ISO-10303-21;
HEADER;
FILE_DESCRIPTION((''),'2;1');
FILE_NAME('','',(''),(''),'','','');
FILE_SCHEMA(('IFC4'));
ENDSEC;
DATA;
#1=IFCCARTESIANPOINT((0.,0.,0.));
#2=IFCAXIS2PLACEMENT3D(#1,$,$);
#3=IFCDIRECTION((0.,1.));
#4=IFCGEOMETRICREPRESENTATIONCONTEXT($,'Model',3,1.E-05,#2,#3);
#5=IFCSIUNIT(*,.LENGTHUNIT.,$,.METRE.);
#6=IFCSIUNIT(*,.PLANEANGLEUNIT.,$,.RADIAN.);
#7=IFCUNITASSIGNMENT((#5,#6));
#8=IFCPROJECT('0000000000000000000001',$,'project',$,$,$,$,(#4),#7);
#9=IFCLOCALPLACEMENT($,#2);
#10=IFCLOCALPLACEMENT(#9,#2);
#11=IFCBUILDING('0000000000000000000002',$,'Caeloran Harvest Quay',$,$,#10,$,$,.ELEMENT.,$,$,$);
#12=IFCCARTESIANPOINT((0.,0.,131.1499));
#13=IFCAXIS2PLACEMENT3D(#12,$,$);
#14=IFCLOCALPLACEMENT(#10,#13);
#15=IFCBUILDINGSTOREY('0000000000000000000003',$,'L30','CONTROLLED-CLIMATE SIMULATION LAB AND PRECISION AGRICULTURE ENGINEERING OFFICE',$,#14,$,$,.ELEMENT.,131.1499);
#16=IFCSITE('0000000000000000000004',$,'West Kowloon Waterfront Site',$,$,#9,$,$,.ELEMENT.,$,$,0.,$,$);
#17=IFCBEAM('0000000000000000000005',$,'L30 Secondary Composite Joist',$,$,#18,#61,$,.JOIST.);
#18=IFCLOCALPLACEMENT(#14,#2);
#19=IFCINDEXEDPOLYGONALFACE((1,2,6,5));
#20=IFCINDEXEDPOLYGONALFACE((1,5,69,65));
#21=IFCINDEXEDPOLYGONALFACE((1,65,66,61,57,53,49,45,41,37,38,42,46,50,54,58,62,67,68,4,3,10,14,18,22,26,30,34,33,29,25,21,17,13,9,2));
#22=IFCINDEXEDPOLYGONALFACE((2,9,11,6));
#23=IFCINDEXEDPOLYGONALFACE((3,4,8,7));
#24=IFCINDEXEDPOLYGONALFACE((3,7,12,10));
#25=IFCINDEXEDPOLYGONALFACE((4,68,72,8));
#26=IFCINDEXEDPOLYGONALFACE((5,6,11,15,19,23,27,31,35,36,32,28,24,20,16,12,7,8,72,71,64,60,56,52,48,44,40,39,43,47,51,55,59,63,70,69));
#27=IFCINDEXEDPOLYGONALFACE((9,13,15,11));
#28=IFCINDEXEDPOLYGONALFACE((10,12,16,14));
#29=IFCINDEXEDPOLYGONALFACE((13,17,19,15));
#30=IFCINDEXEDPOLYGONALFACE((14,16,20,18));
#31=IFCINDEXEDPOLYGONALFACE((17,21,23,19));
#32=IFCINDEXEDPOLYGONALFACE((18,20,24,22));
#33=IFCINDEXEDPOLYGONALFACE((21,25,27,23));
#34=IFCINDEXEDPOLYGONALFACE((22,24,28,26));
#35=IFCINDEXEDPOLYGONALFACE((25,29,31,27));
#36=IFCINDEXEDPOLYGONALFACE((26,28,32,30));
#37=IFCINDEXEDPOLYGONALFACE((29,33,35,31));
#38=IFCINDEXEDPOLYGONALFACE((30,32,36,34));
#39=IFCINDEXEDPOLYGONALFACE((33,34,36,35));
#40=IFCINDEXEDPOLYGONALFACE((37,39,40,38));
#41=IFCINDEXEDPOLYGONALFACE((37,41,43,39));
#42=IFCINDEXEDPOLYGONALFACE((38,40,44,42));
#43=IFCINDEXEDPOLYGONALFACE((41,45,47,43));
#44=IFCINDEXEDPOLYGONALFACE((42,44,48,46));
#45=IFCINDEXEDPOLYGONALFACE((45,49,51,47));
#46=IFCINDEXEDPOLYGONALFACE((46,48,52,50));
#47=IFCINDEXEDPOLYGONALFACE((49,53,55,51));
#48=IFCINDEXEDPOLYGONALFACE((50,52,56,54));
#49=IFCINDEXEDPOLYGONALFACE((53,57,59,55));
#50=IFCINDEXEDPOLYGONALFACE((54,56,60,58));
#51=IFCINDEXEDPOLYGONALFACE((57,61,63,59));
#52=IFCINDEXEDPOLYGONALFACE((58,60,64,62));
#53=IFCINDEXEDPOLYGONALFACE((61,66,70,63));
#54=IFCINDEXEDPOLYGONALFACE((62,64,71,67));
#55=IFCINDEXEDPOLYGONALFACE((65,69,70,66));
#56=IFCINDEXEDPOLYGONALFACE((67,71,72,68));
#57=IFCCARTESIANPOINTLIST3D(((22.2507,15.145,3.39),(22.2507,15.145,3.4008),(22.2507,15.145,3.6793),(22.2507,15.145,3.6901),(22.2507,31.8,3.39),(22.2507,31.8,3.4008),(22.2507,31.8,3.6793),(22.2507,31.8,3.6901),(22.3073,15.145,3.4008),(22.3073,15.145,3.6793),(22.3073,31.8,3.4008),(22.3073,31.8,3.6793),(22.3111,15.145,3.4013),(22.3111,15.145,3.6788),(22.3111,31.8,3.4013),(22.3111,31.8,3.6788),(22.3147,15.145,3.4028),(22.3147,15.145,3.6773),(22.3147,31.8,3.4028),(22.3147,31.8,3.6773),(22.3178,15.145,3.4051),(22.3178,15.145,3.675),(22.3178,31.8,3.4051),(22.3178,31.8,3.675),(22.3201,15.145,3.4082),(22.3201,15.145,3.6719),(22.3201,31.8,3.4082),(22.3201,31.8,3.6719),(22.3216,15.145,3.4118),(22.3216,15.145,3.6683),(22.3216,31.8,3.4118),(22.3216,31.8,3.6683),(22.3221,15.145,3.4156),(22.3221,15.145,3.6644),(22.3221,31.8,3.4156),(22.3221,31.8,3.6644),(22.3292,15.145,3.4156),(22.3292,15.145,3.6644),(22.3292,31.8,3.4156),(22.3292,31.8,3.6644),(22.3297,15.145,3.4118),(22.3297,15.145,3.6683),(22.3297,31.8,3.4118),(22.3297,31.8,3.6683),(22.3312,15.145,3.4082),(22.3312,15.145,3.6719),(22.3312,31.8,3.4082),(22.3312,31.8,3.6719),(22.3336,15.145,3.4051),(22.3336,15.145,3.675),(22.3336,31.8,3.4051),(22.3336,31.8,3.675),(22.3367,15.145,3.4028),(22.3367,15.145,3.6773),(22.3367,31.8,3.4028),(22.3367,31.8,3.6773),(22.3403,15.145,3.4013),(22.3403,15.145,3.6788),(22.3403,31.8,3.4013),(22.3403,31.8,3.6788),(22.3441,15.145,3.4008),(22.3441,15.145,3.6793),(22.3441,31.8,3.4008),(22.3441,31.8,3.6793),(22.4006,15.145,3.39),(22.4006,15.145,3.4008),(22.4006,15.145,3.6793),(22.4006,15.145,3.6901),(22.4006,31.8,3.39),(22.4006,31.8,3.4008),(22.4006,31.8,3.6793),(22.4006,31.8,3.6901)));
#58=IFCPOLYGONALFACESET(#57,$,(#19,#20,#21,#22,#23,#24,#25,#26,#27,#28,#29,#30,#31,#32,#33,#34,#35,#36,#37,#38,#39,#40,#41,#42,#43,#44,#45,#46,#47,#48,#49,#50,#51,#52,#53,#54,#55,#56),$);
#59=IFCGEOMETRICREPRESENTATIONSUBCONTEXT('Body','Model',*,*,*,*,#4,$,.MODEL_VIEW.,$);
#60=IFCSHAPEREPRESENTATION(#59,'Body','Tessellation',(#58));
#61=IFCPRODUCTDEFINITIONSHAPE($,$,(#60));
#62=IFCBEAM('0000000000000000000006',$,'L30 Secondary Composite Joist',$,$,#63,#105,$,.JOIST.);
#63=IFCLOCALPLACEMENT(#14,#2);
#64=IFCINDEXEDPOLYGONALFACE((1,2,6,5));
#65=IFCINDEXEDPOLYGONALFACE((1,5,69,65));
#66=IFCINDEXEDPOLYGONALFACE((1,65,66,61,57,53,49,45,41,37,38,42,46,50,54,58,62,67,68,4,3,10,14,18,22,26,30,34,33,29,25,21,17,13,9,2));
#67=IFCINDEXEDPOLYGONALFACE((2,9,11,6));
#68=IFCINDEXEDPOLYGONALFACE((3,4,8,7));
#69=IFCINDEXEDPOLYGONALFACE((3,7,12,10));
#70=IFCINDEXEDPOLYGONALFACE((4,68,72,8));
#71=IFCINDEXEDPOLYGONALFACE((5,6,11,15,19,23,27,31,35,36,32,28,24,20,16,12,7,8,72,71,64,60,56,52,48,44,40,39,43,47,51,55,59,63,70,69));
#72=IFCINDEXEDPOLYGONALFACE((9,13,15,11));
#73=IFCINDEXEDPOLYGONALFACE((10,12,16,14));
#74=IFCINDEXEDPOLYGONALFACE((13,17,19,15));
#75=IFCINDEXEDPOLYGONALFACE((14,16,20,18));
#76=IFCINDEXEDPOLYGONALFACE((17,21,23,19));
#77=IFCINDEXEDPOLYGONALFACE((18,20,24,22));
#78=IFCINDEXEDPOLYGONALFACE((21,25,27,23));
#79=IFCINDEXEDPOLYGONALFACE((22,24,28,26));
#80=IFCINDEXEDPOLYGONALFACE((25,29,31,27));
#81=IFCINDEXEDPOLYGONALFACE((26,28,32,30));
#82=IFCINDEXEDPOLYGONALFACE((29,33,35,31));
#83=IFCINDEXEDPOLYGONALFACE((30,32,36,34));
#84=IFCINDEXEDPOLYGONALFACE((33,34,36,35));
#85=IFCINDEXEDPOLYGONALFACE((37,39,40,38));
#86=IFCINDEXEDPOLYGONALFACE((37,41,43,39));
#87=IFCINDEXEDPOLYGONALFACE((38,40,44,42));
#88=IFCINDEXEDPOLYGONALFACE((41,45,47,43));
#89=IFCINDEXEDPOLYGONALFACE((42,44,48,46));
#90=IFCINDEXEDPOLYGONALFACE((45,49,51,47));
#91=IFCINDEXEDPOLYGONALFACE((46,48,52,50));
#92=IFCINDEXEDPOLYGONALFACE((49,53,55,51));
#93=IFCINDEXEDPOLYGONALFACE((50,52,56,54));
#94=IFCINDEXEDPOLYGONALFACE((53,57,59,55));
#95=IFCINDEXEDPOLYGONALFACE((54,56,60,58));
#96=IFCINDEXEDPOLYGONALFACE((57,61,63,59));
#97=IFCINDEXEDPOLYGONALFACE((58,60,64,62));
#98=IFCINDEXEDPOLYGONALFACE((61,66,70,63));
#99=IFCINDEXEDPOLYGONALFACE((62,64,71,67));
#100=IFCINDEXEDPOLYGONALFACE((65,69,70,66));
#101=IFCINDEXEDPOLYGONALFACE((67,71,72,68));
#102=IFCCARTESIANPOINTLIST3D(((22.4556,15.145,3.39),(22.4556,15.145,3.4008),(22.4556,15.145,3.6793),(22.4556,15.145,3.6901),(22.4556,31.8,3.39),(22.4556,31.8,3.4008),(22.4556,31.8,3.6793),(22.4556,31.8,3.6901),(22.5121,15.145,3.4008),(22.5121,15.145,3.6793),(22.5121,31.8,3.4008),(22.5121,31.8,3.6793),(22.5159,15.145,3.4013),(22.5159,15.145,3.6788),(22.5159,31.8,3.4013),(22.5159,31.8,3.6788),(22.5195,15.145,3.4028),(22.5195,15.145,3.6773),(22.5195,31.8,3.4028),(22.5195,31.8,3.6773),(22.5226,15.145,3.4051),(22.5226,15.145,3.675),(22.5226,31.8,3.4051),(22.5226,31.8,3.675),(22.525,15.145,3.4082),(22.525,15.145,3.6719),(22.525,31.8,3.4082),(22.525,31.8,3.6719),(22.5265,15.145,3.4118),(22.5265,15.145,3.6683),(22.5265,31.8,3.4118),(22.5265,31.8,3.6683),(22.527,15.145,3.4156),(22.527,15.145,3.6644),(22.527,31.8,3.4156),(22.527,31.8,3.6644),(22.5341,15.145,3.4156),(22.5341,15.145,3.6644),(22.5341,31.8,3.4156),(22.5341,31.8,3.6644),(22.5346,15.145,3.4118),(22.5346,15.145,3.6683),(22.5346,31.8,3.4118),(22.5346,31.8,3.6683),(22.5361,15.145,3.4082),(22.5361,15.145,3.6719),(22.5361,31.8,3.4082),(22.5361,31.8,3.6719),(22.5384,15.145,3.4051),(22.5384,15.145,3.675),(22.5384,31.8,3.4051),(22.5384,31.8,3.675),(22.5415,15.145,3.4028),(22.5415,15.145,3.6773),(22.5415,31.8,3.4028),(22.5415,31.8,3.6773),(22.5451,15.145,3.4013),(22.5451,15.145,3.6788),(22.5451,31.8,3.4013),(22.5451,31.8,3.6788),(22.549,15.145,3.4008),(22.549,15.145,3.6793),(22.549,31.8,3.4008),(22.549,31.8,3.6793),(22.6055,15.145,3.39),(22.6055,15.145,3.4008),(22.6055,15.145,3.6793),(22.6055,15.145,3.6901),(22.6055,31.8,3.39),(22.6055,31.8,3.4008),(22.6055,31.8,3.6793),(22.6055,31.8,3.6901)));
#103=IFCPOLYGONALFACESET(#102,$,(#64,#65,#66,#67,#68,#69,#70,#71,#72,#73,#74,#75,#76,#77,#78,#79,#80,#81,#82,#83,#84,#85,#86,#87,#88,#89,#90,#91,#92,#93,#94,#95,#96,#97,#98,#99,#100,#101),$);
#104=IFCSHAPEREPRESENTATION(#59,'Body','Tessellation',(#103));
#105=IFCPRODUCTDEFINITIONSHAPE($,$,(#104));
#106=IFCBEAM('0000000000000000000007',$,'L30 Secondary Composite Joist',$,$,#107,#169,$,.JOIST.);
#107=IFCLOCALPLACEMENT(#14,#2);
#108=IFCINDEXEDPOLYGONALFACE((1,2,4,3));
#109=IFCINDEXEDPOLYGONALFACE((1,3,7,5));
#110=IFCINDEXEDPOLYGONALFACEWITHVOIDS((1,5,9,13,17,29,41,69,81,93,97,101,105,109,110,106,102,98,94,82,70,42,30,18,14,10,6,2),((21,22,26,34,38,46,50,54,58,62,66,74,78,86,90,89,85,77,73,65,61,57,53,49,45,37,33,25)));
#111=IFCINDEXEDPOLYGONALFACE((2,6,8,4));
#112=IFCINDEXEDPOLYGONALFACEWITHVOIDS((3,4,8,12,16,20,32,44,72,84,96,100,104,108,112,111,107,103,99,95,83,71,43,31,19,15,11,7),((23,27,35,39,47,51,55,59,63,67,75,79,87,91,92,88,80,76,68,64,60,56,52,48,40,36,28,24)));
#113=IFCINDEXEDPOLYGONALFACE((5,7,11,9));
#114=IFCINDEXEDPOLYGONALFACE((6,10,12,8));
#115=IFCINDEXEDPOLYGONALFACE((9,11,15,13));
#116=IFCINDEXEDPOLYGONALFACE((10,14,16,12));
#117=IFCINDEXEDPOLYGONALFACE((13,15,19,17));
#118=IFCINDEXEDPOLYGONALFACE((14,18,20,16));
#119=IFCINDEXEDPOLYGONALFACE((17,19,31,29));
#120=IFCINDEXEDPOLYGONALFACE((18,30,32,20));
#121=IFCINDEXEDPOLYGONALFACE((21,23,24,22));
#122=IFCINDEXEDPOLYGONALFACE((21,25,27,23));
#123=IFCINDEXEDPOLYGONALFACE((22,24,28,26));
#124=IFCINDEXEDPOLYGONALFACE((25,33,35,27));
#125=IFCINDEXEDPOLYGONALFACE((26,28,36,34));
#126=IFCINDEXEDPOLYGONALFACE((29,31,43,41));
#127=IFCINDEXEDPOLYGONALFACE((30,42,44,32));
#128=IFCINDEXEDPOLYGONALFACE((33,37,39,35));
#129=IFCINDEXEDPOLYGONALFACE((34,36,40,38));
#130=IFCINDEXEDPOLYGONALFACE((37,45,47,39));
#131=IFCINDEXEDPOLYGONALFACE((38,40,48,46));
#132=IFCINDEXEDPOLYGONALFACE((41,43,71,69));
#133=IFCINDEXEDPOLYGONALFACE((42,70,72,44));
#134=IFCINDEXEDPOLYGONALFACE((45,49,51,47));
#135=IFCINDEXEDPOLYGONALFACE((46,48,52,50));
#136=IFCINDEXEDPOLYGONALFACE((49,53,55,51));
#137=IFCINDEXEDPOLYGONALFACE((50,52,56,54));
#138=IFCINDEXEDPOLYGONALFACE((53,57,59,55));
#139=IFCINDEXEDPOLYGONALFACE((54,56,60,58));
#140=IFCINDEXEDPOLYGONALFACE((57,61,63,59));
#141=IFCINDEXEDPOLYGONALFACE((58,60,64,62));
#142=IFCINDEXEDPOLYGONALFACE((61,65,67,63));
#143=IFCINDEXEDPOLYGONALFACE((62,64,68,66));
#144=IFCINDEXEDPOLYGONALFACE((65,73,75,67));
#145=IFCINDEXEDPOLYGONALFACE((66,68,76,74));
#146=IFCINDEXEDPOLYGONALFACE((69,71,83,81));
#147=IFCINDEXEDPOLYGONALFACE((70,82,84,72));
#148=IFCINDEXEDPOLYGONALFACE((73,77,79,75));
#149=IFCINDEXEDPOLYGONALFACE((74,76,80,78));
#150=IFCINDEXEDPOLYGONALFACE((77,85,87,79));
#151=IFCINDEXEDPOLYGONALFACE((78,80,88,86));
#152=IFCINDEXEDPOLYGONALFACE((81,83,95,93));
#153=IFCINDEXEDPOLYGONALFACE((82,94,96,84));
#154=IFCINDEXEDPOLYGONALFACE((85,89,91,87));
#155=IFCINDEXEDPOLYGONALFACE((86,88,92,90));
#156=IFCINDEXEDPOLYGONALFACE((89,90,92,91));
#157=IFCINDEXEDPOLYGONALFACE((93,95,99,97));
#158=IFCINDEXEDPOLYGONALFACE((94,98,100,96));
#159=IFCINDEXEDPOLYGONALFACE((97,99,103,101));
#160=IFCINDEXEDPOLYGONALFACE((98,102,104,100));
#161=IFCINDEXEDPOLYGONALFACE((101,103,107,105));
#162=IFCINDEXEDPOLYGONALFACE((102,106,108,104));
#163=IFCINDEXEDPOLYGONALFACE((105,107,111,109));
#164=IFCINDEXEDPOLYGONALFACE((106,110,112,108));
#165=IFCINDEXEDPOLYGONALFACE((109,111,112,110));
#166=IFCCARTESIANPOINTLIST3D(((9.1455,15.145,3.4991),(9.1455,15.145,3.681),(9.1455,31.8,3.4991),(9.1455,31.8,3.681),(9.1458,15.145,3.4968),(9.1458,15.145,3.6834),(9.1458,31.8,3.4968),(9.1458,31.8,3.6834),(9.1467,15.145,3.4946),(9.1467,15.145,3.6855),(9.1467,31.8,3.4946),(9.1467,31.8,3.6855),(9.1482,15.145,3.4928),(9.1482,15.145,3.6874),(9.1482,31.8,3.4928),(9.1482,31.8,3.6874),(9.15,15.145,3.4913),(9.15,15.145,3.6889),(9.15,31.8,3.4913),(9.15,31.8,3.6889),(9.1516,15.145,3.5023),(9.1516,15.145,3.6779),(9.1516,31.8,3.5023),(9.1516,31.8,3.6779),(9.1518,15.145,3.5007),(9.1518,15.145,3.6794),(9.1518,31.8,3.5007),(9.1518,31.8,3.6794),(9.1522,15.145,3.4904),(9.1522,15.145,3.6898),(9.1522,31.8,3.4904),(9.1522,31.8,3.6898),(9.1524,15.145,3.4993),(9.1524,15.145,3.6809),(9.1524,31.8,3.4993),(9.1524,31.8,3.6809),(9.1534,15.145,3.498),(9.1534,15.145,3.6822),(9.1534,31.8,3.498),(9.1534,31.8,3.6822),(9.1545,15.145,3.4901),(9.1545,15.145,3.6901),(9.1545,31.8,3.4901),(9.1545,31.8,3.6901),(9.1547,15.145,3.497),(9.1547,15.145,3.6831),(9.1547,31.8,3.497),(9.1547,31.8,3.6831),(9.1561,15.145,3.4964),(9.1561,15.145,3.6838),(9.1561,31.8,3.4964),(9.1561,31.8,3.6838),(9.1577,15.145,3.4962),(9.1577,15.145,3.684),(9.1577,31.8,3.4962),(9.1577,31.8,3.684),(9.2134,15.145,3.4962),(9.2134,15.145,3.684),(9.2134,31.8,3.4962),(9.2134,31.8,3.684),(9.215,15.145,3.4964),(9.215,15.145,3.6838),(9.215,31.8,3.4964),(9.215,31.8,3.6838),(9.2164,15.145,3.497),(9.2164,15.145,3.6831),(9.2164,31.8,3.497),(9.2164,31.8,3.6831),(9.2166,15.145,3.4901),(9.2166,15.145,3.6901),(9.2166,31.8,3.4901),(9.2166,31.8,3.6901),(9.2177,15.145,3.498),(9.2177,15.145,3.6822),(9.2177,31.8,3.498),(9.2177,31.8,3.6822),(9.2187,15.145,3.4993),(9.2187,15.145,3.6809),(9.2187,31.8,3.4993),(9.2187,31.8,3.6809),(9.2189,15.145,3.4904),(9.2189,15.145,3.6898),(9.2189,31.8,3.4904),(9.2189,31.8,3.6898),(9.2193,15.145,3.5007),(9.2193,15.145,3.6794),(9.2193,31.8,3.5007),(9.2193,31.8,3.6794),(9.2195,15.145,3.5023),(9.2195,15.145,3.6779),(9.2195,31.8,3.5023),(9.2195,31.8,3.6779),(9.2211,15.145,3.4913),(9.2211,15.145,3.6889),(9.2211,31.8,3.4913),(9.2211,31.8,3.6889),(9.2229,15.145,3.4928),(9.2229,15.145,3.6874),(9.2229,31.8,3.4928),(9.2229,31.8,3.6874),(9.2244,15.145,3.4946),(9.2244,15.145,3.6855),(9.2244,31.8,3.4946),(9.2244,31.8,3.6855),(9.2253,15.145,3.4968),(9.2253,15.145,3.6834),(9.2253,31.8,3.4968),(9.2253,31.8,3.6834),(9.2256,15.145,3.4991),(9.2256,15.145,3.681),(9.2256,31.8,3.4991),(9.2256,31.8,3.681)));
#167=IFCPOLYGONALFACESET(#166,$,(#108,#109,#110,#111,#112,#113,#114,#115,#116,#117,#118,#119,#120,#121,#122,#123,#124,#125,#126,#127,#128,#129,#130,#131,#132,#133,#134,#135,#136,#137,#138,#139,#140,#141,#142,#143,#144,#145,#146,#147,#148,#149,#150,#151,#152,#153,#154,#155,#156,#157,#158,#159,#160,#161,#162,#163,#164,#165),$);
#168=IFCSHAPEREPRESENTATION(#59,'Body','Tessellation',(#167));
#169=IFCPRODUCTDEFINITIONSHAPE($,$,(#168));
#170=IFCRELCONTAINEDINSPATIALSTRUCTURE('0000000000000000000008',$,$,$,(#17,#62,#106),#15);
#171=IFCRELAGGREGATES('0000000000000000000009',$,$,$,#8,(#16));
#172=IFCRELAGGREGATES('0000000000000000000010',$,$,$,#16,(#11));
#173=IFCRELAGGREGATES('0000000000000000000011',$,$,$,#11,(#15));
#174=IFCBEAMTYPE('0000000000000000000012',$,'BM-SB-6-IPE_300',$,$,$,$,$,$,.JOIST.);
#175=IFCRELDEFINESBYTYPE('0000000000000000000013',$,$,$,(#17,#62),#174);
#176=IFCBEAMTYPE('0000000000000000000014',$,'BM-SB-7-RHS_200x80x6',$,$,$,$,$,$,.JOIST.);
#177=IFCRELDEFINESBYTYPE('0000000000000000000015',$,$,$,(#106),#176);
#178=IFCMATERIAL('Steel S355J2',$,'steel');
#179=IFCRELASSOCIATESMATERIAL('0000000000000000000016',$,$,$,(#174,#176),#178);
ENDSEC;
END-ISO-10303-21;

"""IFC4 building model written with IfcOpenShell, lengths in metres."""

from ifc_helpers import new_model, si_unit, direction, frame, origin, origin_2d, place, context, subcontext, project, spatial, hollow_rectangle, i_section, extrude, material, material_profile, profile_set, type_object, element, save


model = new_model("IFC4")

# Units and contexts
model_context = context("Model", 3, precision=1e-05, world=origin(), true_north=direction((0.0, 1.0)))
body_context = subcontext(model_context, "Body", "Model", "MODEL_VIEW")
ifc_project = project(units=[si_unit("LENGTHUNIT", "METRE"), si_unit("PLANEANGLEUNIT", "RADIAN")], contexts=[model_context])

# Site, building, storey
site_placement = place(None, origin())
site = spatial("IfcSite", under=ifc_project, at=site_placement, Name="West Kowloon Waterfront Site", CompositionType="ELEMENT", RefElevation=0.0)
building_placement = place(site_placement, origin())
building = spatial("IfcBuilding", under=site, at=building_placement, Name="Caeloran Harvest Quay", CompositionType="ELEMENT")
storey_placement = place(building_placement, frame((0.0, 0.0, 131.1499)))
storey = spatial("IfcBuildingStorey", under=building, at=storey_placement, Name="L30", Description="CONTROLLED-CLIMATE SIMULATION LAB AND PRECISION AGRICULTURE ENGINEERING OFFICE", CompositionType="ELEMENT", Elevation=131.1499)

# Beams
ifc_material_1 = material(Name="Steel S355J2", Category="steel")
ifc_material_profile_1 = material_profile(ifc_material_1, i_section(OverallWidth=0.1499, OverallDepth=0.3, WebThickness=0.0071, FlangeThickness=0.0107, FilletRadius=0.0149, at=origin_2d()), Name="IPE 300")
ifc_profile_set_1 = profile_set([ifc_material_profile_1], Name="Steel S355J2")
beam_type_1 = type_object("IfcBeamType", Name="BM-SB-6-IPE_300", PredefinedType="JOIST", material=ifc_profile_set_1)
for number, where, z_axis, x_axis, name in (
    (1, (22.3257, 15.145, 3.54), (0.0, 1.0, 0.0), (-1.0, 0.0, 0.0), "L30 Secondary Composite Joist"),
    (2, (22.5305, 15.145, 3.54), (0.0, 1.0, 0.0), (-1.0, 0.0, 0.0), "L30 Secondary Composite Joist"),
):
    element("IfcBeam", number, at=place(storey_placement, frame(where, z_axis=z_axis, x_axis=x_axis)), inside=storey, type_object=beam_type_1, Name=name, PredefinedType="JOIST", context=body_context, shape_type="SweptSolid", body=[
        extrude(i_section(OverallWidth=0.1499, OverallDepth=0.3, WebThickness=0.0071, FlangeThickness=0.0107, FilletRadius=0.0149, at=origin_2d()), origin(), (0.0, 0.0, 1.0), 16.655),
    ])
ifc_material_profile_2 = material_profile(ifc_material_1, hollow_rectangle(XDim=0.0801, YDim=0.2, WallThickness=0.0061, InnerFilletRadius=0.0061, OuterFilletRadius=0.009, at=origin_2d()), Name="RHS 200x80x6")
ifc_profile_set_2 = profile_set([ifc_material_profile_2], Name="Steel S355J2")
beam_type_2 = type_object("IfcBeamType", Name="BM-SB-7-RHS_200x80x6", PredefinedType="JOIST", material=ifc_profile_set_2)
for number, where, z_axis, x_axis, name in (
    (3, (9.1855, 15.145, 3.5901), (0.0, 1.0, 0.0), (-1.0, 0.0, 0.0), "L30 Secondary Composite Joist"),
):
    element("IfcBeam", number, at=place(storey_placement, frame(where, z_axis=z_axis, x_axis=x_axis)), inside=storey, type_object=beam_type_2, Name=name, PredefinedType="JOIST", context=body_context, shape_type="SweptSolid", body=[
        extrude(hollow_rectangle(XDim=0.0801, YDim=0.2, WallThickness=0.0061, InnerFilletRadius=0.0061, OuterFilletRadius=0.009, at=origin_2d()), origin(), (0.0, 0.0, 1.0), 16.655),
    ])

save(model, "model.ifc")
